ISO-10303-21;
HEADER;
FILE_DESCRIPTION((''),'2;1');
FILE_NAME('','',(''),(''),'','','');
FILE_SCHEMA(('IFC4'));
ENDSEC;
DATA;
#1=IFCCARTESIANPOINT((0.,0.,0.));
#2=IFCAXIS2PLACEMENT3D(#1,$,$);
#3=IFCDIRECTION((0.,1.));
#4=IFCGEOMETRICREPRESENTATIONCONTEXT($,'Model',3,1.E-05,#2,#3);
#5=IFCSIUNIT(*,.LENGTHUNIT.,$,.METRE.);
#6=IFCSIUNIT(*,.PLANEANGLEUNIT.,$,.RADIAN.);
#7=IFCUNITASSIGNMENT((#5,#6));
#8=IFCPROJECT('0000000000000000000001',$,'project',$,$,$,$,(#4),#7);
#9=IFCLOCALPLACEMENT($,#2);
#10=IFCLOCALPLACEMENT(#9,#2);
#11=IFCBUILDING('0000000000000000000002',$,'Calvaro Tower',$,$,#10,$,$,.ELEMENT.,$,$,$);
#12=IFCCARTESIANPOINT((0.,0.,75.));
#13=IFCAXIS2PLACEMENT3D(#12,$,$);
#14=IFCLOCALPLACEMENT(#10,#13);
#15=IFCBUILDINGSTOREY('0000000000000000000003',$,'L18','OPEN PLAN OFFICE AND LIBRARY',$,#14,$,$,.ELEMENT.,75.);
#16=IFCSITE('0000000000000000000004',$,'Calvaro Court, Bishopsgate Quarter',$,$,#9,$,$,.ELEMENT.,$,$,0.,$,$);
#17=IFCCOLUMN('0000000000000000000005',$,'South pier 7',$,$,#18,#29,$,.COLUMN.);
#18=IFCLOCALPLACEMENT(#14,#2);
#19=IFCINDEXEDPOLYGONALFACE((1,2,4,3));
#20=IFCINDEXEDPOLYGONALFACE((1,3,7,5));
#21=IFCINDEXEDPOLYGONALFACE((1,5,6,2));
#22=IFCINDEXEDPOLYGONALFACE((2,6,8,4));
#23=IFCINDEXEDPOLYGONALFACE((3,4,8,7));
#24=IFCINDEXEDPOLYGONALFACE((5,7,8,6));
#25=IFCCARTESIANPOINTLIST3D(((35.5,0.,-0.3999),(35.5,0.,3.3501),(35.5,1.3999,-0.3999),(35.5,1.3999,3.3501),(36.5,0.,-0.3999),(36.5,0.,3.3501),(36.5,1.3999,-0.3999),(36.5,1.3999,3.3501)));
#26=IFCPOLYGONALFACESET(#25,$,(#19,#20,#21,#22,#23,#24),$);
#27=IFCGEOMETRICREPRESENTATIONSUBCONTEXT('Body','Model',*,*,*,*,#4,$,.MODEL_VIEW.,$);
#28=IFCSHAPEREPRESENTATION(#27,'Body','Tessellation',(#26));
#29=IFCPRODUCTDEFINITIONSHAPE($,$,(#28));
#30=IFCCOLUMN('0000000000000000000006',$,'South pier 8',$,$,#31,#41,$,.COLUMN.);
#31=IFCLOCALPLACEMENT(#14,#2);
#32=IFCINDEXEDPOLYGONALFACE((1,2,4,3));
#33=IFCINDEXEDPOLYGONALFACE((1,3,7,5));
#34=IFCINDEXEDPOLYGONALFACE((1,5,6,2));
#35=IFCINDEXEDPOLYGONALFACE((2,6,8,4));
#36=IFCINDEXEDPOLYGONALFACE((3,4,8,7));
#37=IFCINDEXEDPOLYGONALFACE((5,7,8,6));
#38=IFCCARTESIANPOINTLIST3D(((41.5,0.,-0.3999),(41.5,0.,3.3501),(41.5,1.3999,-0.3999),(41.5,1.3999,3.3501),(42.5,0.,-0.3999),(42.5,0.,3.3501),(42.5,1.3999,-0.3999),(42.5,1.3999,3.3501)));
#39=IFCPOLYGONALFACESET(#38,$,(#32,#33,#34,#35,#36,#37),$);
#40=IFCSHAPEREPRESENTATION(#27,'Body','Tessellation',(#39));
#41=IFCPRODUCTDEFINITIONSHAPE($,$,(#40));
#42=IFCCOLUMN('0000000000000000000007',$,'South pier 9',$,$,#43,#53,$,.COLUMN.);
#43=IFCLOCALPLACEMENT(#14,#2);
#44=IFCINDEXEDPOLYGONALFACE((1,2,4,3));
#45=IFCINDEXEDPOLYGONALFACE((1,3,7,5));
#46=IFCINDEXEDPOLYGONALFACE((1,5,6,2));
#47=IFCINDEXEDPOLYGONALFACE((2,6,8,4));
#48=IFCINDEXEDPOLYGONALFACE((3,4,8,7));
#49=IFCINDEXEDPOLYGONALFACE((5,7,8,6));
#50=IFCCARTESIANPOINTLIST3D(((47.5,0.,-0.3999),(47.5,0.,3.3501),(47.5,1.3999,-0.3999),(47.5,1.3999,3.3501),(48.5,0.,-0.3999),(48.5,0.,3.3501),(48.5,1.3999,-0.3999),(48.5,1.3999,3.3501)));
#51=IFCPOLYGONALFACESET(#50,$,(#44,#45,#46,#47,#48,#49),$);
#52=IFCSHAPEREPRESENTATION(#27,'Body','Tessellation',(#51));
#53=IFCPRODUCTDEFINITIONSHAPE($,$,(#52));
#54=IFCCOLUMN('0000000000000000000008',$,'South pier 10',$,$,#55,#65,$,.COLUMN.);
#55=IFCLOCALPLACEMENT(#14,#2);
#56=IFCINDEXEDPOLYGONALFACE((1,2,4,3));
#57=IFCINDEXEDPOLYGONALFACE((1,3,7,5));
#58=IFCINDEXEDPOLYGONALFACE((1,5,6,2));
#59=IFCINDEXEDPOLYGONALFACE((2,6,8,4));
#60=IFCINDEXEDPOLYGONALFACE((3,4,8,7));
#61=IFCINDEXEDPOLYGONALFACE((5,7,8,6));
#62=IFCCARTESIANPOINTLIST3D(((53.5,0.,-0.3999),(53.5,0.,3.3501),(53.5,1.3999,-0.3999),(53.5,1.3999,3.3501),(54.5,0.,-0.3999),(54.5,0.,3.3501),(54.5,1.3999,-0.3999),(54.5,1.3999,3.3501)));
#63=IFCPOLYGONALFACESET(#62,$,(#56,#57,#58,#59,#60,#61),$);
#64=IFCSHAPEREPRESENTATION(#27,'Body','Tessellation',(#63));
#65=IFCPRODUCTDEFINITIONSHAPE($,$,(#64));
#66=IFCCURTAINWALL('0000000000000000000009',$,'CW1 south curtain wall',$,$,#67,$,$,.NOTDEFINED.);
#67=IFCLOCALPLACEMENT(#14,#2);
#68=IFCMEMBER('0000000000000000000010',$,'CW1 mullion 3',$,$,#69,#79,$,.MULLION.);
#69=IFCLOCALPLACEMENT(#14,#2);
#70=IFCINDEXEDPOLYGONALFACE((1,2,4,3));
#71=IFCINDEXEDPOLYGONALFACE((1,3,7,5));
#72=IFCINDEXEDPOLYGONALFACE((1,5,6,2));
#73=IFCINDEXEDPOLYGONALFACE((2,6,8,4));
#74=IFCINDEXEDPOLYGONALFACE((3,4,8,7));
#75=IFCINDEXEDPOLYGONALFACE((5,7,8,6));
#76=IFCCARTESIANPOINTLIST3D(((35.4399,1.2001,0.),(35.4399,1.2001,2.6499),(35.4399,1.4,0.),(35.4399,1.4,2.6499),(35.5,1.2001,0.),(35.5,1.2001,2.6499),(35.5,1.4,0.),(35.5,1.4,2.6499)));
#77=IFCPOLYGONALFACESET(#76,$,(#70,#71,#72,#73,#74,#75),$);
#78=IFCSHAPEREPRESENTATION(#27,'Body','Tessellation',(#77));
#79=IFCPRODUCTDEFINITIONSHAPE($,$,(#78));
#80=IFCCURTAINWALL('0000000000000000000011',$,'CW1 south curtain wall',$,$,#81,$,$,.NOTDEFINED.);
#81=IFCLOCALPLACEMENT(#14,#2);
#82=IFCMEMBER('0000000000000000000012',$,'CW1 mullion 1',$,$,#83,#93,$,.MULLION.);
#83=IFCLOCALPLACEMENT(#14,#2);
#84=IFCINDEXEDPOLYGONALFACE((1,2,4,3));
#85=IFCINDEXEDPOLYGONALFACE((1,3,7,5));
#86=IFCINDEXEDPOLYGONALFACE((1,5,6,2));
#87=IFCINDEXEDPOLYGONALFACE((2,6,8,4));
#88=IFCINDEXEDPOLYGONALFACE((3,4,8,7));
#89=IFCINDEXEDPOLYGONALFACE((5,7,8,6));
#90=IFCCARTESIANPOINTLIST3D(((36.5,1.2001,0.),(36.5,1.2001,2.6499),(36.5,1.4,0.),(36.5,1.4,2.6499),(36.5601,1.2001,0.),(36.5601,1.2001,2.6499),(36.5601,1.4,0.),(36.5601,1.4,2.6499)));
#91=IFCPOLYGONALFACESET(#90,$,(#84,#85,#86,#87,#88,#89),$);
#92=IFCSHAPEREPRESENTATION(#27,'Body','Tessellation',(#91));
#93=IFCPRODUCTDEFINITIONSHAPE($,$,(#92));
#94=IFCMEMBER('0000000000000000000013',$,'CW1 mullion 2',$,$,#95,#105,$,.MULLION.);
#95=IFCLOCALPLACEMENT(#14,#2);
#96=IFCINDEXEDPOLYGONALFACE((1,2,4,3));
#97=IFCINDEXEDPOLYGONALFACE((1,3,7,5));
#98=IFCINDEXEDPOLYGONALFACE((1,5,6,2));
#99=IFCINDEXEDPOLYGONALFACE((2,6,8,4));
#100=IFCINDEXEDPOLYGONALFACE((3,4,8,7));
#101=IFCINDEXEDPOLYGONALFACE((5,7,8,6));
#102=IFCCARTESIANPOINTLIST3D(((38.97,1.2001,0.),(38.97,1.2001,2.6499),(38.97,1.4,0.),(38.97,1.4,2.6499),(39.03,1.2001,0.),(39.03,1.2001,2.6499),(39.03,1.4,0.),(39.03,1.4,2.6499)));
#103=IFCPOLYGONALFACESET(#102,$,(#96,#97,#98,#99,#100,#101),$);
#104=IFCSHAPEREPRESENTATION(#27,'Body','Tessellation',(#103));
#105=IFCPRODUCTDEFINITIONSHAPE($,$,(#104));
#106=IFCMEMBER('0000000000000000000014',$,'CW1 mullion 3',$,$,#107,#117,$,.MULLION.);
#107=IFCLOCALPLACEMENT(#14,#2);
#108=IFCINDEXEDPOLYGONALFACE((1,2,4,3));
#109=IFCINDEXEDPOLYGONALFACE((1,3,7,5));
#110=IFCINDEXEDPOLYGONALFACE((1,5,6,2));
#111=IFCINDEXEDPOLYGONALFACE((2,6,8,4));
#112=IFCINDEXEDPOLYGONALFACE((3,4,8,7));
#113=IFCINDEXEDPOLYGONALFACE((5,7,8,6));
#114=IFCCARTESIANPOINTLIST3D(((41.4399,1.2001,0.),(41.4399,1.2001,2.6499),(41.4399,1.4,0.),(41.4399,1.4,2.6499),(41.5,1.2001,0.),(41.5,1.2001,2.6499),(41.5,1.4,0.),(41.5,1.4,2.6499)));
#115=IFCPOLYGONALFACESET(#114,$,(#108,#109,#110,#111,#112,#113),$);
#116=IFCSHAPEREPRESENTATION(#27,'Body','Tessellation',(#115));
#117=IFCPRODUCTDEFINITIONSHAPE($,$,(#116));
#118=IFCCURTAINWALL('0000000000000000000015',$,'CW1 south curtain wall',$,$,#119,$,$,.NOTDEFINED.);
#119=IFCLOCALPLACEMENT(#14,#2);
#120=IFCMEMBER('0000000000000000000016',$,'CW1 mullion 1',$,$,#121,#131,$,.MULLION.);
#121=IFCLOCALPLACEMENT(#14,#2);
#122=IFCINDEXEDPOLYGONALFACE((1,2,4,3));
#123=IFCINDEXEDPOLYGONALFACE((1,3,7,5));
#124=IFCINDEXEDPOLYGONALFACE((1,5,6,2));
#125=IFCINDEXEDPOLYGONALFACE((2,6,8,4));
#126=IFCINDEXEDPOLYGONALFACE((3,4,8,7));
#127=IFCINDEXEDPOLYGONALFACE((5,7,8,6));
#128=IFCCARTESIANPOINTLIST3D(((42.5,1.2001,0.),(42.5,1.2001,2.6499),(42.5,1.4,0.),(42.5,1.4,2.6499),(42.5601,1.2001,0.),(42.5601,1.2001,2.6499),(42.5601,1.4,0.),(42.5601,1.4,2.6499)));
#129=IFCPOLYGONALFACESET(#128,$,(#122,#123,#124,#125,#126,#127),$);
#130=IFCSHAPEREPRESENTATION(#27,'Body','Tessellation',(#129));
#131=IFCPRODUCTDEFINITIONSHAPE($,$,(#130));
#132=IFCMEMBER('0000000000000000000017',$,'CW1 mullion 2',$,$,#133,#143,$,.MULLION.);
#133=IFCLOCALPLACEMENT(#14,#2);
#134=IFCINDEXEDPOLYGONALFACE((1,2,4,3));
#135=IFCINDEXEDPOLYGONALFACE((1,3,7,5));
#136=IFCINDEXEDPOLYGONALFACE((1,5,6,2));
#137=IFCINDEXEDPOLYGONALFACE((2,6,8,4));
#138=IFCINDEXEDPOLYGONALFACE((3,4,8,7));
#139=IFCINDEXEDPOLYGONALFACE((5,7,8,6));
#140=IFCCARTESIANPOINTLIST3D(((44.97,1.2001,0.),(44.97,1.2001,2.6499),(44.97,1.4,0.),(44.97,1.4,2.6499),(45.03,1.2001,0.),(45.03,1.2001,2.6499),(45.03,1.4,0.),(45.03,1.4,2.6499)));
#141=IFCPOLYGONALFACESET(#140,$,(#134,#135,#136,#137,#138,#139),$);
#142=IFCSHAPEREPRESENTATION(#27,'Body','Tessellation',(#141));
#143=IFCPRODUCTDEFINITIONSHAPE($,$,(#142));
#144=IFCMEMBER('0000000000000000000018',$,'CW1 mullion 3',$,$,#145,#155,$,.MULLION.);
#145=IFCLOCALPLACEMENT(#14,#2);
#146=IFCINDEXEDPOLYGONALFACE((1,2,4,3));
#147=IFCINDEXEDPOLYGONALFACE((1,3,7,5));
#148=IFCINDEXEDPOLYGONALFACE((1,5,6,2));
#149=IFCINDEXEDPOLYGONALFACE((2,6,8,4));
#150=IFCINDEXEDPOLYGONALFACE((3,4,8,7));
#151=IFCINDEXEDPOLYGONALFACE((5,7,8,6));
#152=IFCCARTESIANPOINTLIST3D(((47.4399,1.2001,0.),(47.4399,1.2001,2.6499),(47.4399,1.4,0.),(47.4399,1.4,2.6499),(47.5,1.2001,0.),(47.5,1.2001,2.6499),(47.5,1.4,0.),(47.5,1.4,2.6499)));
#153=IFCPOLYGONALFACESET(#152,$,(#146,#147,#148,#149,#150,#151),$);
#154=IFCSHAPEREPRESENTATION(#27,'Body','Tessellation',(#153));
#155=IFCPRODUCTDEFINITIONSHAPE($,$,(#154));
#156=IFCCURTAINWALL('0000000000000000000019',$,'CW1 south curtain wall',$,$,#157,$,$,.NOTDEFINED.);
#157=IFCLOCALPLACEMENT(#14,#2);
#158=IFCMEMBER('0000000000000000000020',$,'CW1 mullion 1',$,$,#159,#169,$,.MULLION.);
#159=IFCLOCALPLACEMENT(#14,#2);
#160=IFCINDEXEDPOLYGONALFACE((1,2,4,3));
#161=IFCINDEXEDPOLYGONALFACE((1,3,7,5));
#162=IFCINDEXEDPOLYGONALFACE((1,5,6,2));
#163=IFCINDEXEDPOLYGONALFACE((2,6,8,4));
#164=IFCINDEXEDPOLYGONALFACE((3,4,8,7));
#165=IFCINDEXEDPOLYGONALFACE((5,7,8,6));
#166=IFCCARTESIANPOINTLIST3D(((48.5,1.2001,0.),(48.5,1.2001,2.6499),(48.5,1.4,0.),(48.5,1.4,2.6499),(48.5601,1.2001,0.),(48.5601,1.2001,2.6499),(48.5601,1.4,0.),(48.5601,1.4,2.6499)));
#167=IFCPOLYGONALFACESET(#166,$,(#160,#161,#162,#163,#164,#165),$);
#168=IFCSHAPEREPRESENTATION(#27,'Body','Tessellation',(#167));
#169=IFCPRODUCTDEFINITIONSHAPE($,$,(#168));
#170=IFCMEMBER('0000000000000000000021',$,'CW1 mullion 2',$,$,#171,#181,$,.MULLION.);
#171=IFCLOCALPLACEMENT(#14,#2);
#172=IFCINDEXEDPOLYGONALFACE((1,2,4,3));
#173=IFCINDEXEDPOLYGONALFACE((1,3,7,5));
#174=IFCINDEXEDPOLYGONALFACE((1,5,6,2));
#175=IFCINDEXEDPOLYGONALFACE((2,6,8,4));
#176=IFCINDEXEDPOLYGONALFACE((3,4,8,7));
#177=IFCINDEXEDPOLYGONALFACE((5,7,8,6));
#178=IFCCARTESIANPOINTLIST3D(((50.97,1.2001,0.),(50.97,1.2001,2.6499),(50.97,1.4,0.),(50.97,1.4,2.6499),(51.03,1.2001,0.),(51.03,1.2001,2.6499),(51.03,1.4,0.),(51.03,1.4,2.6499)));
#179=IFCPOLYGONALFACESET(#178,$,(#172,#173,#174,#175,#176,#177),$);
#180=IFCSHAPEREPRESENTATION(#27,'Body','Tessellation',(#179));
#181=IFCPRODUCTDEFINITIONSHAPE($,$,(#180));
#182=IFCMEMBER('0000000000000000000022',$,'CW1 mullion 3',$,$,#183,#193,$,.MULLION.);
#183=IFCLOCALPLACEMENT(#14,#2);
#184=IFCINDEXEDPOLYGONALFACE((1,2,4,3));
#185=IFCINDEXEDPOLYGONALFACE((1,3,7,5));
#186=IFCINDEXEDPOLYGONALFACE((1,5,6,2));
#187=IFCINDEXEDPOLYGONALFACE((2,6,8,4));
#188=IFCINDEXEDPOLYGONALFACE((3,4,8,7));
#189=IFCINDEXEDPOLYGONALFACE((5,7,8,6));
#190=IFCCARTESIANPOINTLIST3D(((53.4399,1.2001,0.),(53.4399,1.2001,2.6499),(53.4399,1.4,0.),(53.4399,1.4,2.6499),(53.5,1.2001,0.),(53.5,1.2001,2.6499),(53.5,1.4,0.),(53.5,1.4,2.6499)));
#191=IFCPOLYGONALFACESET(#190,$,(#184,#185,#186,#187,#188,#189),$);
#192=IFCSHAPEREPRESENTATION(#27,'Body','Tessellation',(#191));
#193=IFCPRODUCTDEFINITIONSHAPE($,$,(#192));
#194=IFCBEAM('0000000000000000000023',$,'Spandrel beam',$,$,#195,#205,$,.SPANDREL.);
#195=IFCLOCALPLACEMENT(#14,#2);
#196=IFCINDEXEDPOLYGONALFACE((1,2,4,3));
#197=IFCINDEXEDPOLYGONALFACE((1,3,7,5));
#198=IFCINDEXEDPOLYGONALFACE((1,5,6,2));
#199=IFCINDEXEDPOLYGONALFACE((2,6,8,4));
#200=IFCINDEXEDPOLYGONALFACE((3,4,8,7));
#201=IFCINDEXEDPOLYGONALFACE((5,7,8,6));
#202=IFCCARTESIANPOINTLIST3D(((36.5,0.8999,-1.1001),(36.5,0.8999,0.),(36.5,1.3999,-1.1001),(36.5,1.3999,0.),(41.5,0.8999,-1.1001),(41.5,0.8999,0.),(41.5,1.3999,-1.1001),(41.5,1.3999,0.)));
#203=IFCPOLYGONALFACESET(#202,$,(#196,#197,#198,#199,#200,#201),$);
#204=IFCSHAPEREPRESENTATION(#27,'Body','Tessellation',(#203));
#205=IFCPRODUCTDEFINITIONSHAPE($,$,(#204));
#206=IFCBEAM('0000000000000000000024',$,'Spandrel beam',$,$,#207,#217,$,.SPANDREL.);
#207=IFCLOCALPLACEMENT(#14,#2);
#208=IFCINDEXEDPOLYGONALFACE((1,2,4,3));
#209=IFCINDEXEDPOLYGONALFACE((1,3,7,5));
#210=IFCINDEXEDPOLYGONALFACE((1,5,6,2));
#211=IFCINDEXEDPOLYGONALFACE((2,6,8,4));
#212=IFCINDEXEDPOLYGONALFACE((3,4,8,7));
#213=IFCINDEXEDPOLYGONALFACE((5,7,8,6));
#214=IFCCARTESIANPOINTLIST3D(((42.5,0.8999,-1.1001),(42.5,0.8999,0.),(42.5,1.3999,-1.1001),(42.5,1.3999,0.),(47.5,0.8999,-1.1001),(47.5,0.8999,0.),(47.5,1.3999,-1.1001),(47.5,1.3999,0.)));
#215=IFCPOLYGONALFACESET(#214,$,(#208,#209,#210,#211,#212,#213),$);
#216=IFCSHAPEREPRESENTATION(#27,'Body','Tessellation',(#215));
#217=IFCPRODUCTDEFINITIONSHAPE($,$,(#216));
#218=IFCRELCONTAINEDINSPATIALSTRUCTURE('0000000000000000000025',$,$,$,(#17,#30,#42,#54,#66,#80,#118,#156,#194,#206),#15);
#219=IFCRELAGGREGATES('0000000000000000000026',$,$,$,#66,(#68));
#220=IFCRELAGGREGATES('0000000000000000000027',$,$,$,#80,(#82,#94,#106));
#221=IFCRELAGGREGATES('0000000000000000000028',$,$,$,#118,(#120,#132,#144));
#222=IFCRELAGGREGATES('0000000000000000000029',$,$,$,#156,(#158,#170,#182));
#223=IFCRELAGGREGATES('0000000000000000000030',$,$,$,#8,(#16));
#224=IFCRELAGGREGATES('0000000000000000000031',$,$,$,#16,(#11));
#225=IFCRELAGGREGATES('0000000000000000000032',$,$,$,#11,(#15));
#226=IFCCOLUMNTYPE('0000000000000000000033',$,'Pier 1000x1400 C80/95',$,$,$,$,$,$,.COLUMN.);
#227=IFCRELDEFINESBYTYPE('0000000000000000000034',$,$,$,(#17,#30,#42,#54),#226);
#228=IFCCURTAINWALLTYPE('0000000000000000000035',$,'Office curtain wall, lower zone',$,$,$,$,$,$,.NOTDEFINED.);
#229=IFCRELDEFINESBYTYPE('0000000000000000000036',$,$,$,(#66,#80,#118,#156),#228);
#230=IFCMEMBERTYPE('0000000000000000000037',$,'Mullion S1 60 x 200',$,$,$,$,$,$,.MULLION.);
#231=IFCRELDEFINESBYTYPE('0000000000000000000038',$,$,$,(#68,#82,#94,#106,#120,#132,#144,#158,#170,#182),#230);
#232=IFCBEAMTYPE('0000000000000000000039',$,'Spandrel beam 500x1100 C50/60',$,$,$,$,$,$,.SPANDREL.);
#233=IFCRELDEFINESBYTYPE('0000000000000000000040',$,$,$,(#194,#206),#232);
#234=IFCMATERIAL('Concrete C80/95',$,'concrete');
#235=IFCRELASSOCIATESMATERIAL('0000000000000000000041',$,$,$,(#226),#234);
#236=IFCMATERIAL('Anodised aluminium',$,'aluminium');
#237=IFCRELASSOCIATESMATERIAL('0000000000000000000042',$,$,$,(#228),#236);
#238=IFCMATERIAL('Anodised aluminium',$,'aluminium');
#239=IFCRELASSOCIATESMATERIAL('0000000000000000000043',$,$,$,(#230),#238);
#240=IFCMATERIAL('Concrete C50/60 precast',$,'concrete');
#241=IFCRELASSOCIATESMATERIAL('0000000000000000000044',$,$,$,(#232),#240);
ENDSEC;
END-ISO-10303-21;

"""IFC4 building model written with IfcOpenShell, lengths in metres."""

from ifc_helpers import new_model, si_unit, direction, frame, origin, origin_2d, place, context, subcontext, project, spatial, rectangle, extrude, material, material_profile, profile_set, type_object, element, aggregate, save


model = new_model("IFC4")

# Units and contexts
model_context = context("Model", 3, precision=1e-05, world=origin(), true_north=direction((0.0, 1.0)))
body_context = subcontext(model_context, "Body", "Model", "MODEL_VIEW")
ifc_project = project(units=[si_unit("LENGTHUNIT", "METRE"), si_unit("PLANEANGLEUNIT", "RADIAN")], contexts=[model_context])

# Site, building, storey
site_placement = place(None, origin())
site = spatial("IfcSite", under=ifc_project, at=site_placement, Name="Calvaro Court, Bishopsgate Quarter", CompositionType="ELEMENT", RefElevation=0.0)
building_placement = place(site_placement, origin())
building = spatial("IfcBuilding", under=site, at=building_placement, Name="Calvaro Tower", CompositionType="ELEMENT")
storey_placement = place(building_placement, frame((0.0, 0.0, 75.0)))
storey = spatial("IfcBuildingStorey", under=building, at=storey_placement, Name="L18", Description="OPEN PLAN OFFICE AND LIBRARY", CompositionType="ELEMENT", Elevation=75.0)

# Columns
ifc_material_1 = material(Name="Concrete C80/95", Category="concrete")
ifc_material_profile_1 = material_profile(ifc_material_1, rectangle(XDim=1.0, YDim=1.3999, at=origin_2d()), Name="RC 1000x1400")
ifc_profile_set_1 = profile_set([ifc_material_profile_1], Name="Concrete C80/95")
column_type = type_object("IfcColumnType", Name="Pier 1000x1400 C80/95", PredefinedType="COLUMN", material=ifc_profile_set_1)
for number, where, z_axis, x_axis, name in (
    (1, (36.0, 0.7, -0.3999), (0.0, 0.0, 1.0), (1.0, 0.0, 0.0), "South pier 7"),
    (2, (42.0, 0.7, -0.3999), (0.0, 0.0, 1.0), (1.0, 0.0, 0.0), "South pier 8"),
    (3, (48.0, 0.7, -0.3999), (0.0, 0.0, 1.0), (1.0, 0.0, 0.0), "South pier 9"),
    (4, (54.0, 0.7, -0.3999), (0.0, 0.0, 1.0), (1.0, 0.0, 0.0), "South pier 10"),
):
    element("IfcColumn", number, at=place(storey_placement, frame(where, z_axis=z_axis, x_axis=x_axis)), inside=storey, type_object=column_type, Name=name, PredefinedType="COLUMN", context=body_context, shape_type="SweptSolid", body=[
        extrude(rectangle(XDim=1.0, YDim=1.3999, at=origin_2d()), origin(), (0.0, 0.0, 1.0), 3.75),
    ])

# Curtain wall, member
ifc_material_2 = material(Name="Anodised aluminium", Category="aluminium")
curtain_wall_type = type_object("IfcCurtainWallType", Name="Office curtain wall, lower zone", PredefinedType="NOTDEFINED", material=ifc_material_2)
curtain_wall_1_placement = place(storey_placement, origin())
curtain_wall_1 = element("IfcCurtainWall", 5, at=curtain_wall_1_placement, inside=storey, type_object=curtain_wall_type, Name="CW1 south curtain wall", PredefinedType="NOTDEFINED")
ifc_material_3 = material(Name="Anodised aluminium", Category="aluminium")
ifc_material_profile_2 = material_profile(ifc_material_3, rectangle(XDim=0.2, YDim=0.0601, at=origin_2d()), Name="Mullion S1 60 x 200")
ifc_profile_set_2 = profile_set([ifc_material_profile_2], Name="Anodised aluminium")
member_type_1 = type_object("IfcMemberType", Name="Mullion S1 60 x 200", PredefinedType="MULLION", material=ifc_profile_set_2)
member_1_placement = place(storey_placement, frame((35.47, 1.3, 0.0), z_axis=(0.0, 0.0, 1.0), x_axis=(0.0, 1.0, 0.0)))
member_1 = element("IfcMember", 6, at=member_1_placement, type_object=member_type_1, Name="CW1 mullion 3", PredefinedType="MULLION", context=body_context, shape_type="SweptSolid", body=[
    extrude(rectangle(XDim=0.2, YDim=0.0601, at=origin_2d()), origin(), (0.0, 0.0, 1.0), 2.6499),
])
aggregate(curtain_wall_1, [member_1])

# Curtain walls, members
curtain_wall_2_placement = place(storey_placement, origin())
curtain_wall_2 = element("IfcCurtainWall", 7, at=curtain_wall_2_placement, inside=storey, type_object=curtain_wall_type, Name="CW1 south curtain wall", PredefinedType="NOTDEFINED")
member_2_placement = place(storey_placement, frame((36.53, 1.3, 0.0), z_axis=(0.0, 0.0, 1.0), x_axis=(0.0, 1.0, 0.0)))
member_2 = element("IfcMember", 8, at=member_2_placement, type_object=member_type_1, Name="CW1 mullion 1", PredefinedType="MULLION", context=body_context, shape_type="SweptSolid", body=[
    extrude(rectangle(XDim=0.2, YDim=0.0601, at=origin_2d()), origin(), (0.0, 0.0, 1.0), 2.6499),
])
member_3_placement = place(storey_placement, frame((39.0, 1.3, 0.0), z_axis=(0.0, 0.0, 1.0), x_axis=(0.0, 1.0, 0.0)))
member_3 = element("IfcMember", 9, at=member_3_placement, type_object=member_type_1, Name="CW1 mullion 2", PredefinedType="MULLION", context=body_context, shape_type="SweptSolid", body=[
    extrude(rectangle(XDim=0.2, YDim=0.0601, at=origin_2d()), origin(), (0.0, 0.0, 1.0), 2.6499),
])
member_4_placement = place(storey_placement, frame((41.47, 1.3, 0.0), z_axis=(0.0, 0.0, 1.0), x_axis=(0.0, 1.0, 0.0)))
member_4 = element("IfcMember", 10, at=member_4_placement, type_object=member_type_1, Name="CW1 mullion 3", PredefinedType="MULLION", context=body_context, shape_type="SweptSolid", body=[
    extrude(rectangle(XDim=0.2, YDim=0.0601, at=origin_2d()), origin(), (0.0, 0.0, 1.0), 2.6499),
])
curtain_wall_3_placement = place(storey_placement, origin())
curtain_wall_3 = element("IfcCurtainWall", 11, at=curtain_wall_3_placement, inside=storey, type_object=curtain_wall_type, Name="CW1 south curtain wall", PredefinedType="NOTDEFINED")
member_5_placement = place(storey_placement, frame((42.53, 1.3, 0.0), z_axis=(0.0, 0.0, 1.0), x_axis=(0.0, 1.0, 0.0)))
member_5 = element("IfcMember", 12, at=member_5_placement, type_object=member_type_1, Name="CW1 mullion 1", PredefinedType="MULLION", context=body_context, shape_type="SweptSolid", body=[
    extrude(rectangle(XDim=0.2, YDim=0.0601, at=origin_2d()), origin(), (0.0, 0.0, 1.0), 2.6499),
])
member_6_placement = place(storey_placement, frame((45.0, 1.3, 0.0), z_axis=(0.0, 0.0, 1.0), x_axis=(0.0, 1.0, 0.0)))
member_6 = element("IfcMember", 13, at=member_6_placement, type_object=member_type_1, Name="CW1 mullion 2", PredefinedType="MULLION", context=body_context, shape_type="SweptSolid", body=[
    extrude(rectangle(XDim=0.2, YDim=0.0601, at=origin_2d()), origin(), (0.0, 0.0, 1.0), 2.6499),
])
member_7_placement = place(storey_placement, frame((47.47, 1.3, 0.0), z_axis=(0.0, 0.0, 1.0), x_axis=(0.0, 1.0, 0.0)))
member_7 = element("IfcMember", 14, at=member_7_placement, type_object=member_type_1, Name="CW1 mullion 3", PredefinedType="MULLION", context=body_context, shape_type="SweptSolid", body=[
    extrude(rectangle(XDim=0.2, YDim=0.0601, at=origin_2d()), origin(), (0.0, 0.0, 1.0), 2.6499),
])
curtain_wall_4_placement = place(storey_placement, origin())
curtain_wall_4 = element("IfcCurtainWall", 15, at=curtain_wall_4_placement, inside=storey, type_object=curtain_wall_type, Name="CW1 south curtain wall", PredefinedType="NOTDEFINED")
member_8_placement = place(storey_placement, frame((48.53, 1.3, 0.0), z_axis=(0.0, 0.0, 1.0), x_axis=(0.0, 1.0, 0.0)))
member_8 = element("IfcMember", 16, at=member_8_placement, type_object=member_type_1, Name="CW1 mullion 1", PredefinedType="MULLION", context=body_context, shape_type="SweptSolid", body=[
    extrude(rectangle(XDim=0.2, YDim=0.0601, at=origin_2d()), origin(), (0.0, 0.0, 1.0), 2.6499),
])
member_9_placement = place(storey_placement, frame((51.0, 1.3, 0.0), z_axis=(0.0, 0.0, 1.0), x_axis=(0.0, 1.0, 0.0)))
member_9 = element("IfcMember", 17, at=member_9_placement, type_object=member_type_1, Name="CW1 mullion 2", PredefinedType="MULLION", context=body_context, shape_type="SweptSolid", body=[
    extrude(rectangle(XDim=0.2, YDim=0.0601, at=origin_2d()), origin(), (0.0, 0.0, 1.0), 2.6499),
])
member_10_placement = place(storey_placement, frame((53.47, 1.3, 0.0), z_axis=(0.0, 0.0, 1.0), x_axis=(0.0, 1.0, 0.0)))
member_10 = element("IfcMember", 18, at=member_10_placement, type_object=member_type_1, Name="CW1 mullion 3", PredefinedType="MULLION", context=body_context, shape_type="SweptSolid", body=[
    extrude(rectangle(XDim=0.2, YDim=0.0601, at=origin_2d()), origin(), (0.0, 0.0, 1.0), 2.6499),
])

# Beams
ifc_material_4 = material(Name="Concrete C50/60 precast", Category="concrete")
ifc_material_profile_3 = material_profile(ifc_material_4, rectangle(XDim=0.5, YDim=1.1001, at=origin_2d()), Name="RC 500x1100")
ifc_profile_set_3 = profile_set([ifc_material_profile_3], Name="Concrete C50/60 precast")
beam_type = type_object("IfcBeamType", Name="Spandrel beam 500x1100 C50/60", PredefinedType="SPANDREL", material=ifc_profile_set_3)
for number, where, z_axis, x_axis, name in (
    (19, (36.5, 1.1499, -0.55), (1.0, 0.0, 0.0), (0.0, 1.0, 0.0), "Spandrel beam"),
    (20, (42.5, 1.1499, -0.55), (1.0, 0.0, 0.0), (0.0, 1.0, 0.0), "Spandrel beam"),
):
    element("IfcBeam", number, at=place(storey_placement, frame(where, z_axis=z_axis, x_axis=x_axis)), inside=storey, type_object=beam_type, Name=name, PredefinedType="SPANDREL", context=body_context, shape_type="SweptSolid", body=[
        extrude(rectangle(XDim=0.5, YDim=1.1001, at=origin_2d()), origin(), (0.0, 0.0, 1.0), 5.0),
    ])

aggregate(curtain_wall_2, [member_2, member_3, member_4])
aggregate(curtain_wall_3, [member_5, member_6, member_7])
aggregate(curtain_wall_4, [member_8, member_9, member_10])

save(model, "model.ifc")
